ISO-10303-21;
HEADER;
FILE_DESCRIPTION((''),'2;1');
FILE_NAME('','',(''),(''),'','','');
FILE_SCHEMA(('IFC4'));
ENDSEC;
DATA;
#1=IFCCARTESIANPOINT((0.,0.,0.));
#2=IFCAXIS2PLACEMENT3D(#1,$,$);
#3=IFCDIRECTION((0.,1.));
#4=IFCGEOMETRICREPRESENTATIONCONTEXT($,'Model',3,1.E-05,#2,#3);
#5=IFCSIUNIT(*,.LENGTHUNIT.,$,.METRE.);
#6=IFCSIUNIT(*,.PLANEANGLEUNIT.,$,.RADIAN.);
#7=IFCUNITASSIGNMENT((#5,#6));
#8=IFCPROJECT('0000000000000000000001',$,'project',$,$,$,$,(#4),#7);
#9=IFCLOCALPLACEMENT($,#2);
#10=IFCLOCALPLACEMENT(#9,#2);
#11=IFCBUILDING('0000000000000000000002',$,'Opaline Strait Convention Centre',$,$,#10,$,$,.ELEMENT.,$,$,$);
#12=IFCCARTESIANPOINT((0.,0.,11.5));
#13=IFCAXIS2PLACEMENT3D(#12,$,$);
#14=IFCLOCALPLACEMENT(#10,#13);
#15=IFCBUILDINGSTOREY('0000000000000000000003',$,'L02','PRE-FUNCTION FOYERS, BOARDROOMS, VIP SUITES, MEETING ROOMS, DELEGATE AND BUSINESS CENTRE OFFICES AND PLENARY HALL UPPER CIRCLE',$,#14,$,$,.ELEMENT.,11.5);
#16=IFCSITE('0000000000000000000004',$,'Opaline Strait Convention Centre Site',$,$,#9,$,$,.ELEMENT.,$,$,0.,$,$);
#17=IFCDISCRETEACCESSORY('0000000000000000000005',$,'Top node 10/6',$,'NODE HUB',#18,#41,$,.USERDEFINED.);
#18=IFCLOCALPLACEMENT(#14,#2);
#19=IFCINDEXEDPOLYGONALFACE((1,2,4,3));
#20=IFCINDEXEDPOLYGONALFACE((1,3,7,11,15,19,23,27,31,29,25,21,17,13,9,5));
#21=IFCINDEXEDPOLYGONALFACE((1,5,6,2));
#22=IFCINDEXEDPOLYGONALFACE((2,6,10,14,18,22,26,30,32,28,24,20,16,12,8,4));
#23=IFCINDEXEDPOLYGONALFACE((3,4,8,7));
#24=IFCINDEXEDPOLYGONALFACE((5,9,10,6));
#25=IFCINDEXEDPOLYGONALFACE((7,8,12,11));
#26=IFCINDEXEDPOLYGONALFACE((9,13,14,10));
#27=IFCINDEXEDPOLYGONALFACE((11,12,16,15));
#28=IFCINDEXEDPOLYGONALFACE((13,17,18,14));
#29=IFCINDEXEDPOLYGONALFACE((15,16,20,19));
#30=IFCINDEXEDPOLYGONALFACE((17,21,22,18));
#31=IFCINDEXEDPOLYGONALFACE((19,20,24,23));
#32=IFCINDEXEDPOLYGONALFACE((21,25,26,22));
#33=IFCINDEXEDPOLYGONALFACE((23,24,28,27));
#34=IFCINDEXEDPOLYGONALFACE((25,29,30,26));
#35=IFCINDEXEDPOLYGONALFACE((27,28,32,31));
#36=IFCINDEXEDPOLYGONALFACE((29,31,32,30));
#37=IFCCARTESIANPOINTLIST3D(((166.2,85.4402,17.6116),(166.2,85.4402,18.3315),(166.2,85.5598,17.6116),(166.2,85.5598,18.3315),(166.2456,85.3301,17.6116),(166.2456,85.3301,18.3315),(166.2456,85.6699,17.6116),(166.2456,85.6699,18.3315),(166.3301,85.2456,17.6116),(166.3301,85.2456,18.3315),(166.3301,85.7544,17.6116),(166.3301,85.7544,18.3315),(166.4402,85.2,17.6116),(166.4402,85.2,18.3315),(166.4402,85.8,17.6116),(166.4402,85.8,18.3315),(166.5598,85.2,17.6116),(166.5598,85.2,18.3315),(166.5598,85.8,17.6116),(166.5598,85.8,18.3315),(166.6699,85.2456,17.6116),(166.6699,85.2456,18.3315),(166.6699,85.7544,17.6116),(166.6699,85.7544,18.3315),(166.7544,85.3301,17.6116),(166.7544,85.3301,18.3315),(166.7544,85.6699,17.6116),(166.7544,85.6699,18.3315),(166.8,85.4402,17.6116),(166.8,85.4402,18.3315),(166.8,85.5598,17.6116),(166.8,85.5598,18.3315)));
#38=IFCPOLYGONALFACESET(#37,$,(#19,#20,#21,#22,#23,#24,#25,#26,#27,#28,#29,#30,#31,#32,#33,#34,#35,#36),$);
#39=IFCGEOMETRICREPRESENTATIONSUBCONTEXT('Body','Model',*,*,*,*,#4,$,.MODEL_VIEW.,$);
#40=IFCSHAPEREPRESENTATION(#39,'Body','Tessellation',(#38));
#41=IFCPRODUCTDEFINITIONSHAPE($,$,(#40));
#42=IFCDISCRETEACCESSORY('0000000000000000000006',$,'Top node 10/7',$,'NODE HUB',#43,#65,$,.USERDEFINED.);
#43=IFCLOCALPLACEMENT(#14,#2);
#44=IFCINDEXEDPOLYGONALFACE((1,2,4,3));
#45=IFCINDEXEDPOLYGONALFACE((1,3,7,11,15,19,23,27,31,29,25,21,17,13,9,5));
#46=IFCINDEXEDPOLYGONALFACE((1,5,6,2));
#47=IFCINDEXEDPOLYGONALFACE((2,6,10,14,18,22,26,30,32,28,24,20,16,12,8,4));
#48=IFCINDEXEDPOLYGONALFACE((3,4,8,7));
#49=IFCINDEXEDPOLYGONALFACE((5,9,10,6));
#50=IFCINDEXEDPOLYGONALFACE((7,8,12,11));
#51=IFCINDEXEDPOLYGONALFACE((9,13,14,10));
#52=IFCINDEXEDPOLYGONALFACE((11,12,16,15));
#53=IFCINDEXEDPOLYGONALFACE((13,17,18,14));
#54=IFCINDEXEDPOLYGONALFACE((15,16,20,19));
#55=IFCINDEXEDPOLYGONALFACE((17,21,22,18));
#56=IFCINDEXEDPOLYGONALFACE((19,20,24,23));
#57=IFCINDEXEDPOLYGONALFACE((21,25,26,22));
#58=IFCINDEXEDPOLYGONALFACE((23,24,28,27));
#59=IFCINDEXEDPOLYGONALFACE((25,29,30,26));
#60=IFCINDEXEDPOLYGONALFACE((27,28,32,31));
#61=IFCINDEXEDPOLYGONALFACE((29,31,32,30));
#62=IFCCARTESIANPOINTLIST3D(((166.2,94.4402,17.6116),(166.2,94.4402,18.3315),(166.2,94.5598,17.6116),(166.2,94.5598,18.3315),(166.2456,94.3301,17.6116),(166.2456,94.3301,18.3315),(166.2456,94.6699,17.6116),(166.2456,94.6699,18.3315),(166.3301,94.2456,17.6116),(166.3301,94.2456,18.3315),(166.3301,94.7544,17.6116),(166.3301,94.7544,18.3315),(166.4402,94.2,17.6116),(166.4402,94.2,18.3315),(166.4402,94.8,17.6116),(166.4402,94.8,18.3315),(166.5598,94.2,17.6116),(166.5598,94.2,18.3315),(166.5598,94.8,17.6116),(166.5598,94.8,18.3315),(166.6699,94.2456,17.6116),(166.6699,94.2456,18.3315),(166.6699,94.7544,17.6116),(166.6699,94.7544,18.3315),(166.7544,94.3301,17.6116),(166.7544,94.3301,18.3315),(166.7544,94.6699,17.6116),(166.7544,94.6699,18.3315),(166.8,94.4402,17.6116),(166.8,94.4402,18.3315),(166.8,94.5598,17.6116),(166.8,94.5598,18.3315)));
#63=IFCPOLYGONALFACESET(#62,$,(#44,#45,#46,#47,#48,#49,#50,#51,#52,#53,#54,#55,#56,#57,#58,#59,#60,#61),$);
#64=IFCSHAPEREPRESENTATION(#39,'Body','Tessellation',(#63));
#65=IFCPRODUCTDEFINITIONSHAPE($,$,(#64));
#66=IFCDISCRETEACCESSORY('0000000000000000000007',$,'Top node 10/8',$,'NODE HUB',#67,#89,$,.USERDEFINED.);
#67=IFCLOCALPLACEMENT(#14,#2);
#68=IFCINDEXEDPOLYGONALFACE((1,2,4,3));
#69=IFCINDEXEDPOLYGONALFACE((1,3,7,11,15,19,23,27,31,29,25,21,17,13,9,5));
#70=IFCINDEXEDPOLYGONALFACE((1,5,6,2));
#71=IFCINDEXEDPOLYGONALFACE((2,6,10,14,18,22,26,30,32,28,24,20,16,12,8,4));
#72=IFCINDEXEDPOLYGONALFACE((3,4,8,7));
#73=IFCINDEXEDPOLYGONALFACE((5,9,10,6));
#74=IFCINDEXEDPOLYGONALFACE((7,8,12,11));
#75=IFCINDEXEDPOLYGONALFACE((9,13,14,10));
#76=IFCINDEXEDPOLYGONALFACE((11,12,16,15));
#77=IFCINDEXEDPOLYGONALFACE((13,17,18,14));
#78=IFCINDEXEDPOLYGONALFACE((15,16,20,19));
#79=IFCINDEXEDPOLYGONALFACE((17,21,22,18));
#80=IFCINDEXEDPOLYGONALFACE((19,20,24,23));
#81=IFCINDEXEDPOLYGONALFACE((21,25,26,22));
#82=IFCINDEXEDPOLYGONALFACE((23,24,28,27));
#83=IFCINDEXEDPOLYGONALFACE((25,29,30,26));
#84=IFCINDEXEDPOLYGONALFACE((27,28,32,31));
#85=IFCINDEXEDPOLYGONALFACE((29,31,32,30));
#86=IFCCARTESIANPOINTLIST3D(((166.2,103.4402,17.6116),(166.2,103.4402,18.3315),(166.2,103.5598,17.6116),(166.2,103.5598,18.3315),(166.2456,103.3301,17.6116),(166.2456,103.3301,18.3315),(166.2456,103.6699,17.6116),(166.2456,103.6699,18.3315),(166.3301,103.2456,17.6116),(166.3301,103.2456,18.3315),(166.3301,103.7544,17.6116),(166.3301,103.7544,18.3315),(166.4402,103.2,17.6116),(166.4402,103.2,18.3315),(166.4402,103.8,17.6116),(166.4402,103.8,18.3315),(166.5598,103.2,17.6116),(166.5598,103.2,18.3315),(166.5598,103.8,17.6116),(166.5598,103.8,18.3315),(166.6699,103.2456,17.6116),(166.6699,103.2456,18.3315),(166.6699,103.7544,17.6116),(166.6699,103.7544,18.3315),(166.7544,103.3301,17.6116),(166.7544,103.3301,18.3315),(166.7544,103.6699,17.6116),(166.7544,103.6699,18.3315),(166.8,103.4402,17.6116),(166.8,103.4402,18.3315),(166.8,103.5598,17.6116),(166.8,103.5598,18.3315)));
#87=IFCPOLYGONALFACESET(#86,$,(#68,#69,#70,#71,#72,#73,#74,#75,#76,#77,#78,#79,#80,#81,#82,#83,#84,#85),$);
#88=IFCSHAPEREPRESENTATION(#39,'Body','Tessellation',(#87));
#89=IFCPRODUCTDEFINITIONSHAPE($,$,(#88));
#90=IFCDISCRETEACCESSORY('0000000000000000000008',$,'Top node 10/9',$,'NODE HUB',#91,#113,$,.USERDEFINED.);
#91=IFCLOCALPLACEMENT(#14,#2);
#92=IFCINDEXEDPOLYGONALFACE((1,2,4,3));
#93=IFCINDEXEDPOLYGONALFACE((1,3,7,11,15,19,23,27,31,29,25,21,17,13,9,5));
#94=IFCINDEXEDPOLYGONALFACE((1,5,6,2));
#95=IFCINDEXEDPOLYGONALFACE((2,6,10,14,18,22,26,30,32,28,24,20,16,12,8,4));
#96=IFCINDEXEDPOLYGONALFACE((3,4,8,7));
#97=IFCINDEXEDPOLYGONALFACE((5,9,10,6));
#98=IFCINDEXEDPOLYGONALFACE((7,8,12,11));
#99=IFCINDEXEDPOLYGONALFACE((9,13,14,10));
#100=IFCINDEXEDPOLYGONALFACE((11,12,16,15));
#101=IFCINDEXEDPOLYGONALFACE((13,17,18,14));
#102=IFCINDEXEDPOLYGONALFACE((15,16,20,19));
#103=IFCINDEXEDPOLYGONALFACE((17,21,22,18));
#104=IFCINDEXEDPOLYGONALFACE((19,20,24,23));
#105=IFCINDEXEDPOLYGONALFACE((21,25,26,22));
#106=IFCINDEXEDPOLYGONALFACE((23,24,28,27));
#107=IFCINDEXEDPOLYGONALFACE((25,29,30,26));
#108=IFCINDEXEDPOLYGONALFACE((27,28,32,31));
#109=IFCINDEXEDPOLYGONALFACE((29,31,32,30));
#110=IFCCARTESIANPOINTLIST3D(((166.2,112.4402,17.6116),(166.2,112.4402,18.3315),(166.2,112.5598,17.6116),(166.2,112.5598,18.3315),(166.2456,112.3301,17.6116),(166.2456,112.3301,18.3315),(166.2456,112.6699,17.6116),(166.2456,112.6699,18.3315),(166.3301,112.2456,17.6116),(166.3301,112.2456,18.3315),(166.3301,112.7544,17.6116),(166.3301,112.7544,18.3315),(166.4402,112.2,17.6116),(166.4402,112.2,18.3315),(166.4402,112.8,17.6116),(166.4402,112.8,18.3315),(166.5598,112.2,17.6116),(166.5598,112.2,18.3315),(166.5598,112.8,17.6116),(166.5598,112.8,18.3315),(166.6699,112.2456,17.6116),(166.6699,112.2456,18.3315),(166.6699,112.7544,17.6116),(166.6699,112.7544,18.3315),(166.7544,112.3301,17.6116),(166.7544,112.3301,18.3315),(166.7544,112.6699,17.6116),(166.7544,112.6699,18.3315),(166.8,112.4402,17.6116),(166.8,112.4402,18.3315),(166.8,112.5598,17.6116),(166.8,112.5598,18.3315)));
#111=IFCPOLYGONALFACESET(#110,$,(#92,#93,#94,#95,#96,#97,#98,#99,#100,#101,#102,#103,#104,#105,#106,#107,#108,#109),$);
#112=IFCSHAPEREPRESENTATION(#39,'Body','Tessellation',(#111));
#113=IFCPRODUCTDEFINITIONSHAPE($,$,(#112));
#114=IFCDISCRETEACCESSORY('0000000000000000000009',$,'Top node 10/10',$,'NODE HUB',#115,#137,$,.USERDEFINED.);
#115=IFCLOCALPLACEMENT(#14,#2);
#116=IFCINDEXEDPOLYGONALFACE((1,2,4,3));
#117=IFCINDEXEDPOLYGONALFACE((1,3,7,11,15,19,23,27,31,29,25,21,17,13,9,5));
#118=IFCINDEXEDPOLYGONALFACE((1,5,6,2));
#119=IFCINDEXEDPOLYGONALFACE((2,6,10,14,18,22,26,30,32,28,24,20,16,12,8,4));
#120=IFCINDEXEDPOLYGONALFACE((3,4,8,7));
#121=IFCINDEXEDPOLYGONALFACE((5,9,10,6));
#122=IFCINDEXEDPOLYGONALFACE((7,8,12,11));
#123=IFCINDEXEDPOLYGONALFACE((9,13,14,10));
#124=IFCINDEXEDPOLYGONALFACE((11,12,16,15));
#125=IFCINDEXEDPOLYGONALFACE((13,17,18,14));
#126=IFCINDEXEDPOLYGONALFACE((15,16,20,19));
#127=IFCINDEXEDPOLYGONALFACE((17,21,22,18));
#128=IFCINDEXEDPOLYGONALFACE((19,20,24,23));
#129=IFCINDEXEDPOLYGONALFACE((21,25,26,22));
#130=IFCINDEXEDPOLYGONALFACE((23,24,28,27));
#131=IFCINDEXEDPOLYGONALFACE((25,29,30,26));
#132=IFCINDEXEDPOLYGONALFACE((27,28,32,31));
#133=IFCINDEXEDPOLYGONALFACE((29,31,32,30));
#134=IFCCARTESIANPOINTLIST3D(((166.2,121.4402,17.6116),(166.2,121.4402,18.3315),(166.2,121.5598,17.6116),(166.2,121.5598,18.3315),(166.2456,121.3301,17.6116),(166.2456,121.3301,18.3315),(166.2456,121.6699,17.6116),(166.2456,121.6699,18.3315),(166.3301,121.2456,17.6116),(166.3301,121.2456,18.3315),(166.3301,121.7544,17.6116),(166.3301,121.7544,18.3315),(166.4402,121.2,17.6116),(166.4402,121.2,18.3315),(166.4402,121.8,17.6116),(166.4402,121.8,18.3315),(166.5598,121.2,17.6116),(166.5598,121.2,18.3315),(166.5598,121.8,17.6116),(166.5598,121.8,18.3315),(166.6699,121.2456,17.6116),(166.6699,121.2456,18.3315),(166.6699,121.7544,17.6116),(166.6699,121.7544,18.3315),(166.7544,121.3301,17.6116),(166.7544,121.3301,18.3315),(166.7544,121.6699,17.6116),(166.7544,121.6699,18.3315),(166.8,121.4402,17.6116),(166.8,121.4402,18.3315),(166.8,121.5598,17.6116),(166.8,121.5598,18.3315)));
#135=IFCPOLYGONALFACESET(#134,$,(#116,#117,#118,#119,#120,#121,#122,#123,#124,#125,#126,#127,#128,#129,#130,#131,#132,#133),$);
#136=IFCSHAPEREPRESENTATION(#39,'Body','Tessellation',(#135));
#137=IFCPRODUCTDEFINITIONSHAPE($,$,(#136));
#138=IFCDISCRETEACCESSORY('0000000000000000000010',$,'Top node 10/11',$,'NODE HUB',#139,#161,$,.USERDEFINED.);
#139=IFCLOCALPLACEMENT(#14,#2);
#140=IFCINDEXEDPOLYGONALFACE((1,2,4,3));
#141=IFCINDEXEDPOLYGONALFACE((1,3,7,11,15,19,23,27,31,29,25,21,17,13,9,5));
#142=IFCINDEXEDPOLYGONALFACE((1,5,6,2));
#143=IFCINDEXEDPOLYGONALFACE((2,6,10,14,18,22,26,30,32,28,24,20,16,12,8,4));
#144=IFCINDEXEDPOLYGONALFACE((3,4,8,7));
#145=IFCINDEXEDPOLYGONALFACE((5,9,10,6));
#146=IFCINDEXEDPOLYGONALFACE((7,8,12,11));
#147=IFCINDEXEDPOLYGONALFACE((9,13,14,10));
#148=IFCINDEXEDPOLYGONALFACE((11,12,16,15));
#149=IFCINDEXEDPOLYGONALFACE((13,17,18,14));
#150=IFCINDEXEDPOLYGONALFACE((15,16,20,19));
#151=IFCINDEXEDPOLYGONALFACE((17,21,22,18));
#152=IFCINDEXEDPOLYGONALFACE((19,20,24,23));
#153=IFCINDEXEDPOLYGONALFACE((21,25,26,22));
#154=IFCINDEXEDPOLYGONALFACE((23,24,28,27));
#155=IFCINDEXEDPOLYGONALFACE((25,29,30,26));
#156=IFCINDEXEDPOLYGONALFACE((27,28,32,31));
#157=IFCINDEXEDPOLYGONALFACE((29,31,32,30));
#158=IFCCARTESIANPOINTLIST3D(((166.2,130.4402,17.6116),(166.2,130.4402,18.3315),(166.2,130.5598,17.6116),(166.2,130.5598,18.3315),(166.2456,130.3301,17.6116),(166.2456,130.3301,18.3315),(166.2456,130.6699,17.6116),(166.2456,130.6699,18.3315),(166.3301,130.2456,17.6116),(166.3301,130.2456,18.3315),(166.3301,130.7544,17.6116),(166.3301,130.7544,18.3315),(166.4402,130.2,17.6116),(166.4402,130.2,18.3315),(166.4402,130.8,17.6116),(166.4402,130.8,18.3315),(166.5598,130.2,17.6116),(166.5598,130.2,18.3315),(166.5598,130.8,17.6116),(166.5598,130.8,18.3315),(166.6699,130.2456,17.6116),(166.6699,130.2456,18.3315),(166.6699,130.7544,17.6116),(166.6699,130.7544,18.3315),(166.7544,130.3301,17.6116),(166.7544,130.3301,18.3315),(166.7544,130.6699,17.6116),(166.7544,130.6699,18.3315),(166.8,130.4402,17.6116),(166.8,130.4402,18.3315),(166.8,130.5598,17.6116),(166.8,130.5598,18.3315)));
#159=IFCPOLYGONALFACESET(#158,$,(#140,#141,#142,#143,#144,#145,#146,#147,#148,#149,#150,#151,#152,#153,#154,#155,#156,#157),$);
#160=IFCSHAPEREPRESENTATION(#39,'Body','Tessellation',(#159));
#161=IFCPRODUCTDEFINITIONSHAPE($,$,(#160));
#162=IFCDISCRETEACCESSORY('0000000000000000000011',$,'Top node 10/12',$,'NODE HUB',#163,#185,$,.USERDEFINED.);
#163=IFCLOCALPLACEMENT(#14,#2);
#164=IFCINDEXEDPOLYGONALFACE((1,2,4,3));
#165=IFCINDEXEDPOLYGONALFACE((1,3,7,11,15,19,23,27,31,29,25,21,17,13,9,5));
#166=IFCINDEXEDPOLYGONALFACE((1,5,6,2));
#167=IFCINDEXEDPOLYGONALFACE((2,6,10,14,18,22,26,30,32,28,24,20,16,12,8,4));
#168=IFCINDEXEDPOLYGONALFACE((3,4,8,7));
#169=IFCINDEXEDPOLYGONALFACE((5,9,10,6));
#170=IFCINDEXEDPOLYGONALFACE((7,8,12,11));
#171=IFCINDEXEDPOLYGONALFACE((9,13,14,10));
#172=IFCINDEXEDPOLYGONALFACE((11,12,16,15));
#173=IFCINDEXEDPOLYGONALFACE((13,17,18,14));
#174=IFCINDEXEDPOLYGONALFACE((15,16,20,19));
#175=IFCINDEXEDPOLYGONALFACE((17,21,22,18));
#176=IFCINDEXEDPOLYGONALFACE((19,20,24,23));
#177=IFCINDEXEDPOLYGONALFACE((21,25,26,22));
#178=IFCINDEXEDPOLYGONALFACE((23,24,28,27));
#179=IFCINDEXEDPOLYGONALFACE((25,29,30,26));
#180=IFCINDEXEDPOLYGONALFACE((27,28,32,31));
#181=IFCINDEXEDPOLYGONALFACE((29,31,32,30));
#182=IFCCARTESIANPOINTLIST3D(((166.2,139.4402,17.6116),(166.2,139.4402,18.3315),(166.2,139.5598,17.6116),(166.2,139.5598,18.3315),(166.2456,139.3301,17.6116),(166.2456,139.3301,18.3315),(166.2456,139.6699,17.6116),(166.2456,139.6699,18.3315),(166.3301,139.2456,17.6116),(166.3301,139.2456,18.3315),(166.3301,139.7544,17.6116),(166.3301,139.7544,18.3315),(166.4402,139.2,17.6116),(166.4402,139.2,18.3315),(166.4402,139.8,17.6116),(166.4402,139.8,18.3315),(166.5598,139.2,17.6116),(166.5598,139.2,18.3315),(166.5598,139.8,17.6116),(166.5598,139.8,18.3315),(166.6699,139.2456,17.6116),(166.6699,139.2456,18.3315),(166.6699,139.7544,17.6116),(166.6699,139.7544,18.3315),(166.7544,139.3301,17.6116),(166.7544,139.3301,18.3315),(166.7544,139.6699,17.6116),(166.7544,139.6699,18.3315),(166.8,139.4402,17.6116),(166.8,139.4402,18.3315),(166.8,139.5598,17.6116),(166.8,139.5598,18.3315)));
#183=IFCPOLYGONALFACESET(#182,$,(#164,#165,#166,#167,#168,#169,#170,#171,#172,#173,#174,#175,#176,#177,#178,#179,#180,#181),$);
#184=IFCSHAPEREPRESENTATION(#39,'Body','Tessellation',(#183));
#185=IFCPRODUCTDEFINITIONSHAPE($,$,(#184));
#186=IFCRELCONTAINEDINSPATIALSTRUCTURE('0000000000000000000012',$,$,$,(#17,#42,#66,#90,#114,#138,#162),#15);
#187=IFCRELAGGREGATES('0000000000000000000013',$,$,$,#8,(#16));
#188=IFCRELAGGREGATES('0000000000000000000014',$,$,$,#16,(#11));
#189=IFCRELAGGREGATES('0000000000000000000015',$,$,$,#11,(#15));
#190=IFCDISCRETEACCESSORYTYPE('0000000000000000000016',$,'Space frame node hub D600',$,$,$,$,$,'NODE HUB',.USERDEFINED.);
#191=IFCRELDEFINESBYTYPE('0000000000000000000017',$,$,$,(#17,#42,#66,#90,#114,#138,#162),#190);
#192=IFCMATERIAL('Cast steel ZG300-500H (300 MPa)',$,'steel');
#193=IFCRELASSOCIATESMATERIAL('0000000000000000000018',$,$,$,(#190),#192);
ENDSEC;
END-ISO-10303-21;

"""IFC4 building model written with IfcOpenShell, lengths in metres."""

from ifc_helpers import new_model, si_unit, direction, frame, origin, place, context, subcontext, project, spatial, polyline, outline, extrude, material, type_object, element, save


model = new_model("IFC4")

# Units and contexts
model_context = context("Model", 3, precision=1e-05, world=origin(), true_north=direction((0.0, 1.0)))
body_context = subcontext(model_context, "Body", "Model", "MODEL_VIEW")
ifc_project = project(units=[si_unit("LENGTHUNIT", "METRE"), si_unit("PLANEANGLEUNIT", "RADIAN")], contexts=[model_context])

# Site, building, storey
site_placement = place(None, origin())
site = spatial("IfcSite", under=ifc_project, at=site_placement, Name="Opaline Strait Convention Centre Site", CompositionType="ELEMENT", RefElevation=0.0)
building_placement = place(site_placement, origin())
building = spatial("IfcBuilding", under=site, at=building_placement, Name="Opaline Strait Convention Centre", CompositionType="ELEMENT")
storey_placement = place(building_placement, frame((0.0, 0.0, 11.5)))
storey = spatial("IfcBuildingStorey", under=building, at=storey_placement, Name="L02", Description="PRE-FUNCTION FOYERS, BOARDROOMS, VIP SUITES, MEETING ROOMS, DELEGATE AND BUSINESS CENTRE OFFICES AND PLENARY HALL UPPER CIRCLE", CompositionType="ELEMENT", Elevation=11.5)

# Discrete accessories
ifc_material = material(Name="Cast steel ZG300-500H (300 MPa)", Category="steel")
discrete_accessory_type = type_object("IfcDiscreteAccessoryType", Name="Space frame node hub D600", ElementType="NODE HUB", PredefinedType="USERDEFINED", material=ifc_material)
discrete_accessory_1_placement = place(storey_placement, frame((0.0, 0.0, 17.6116)))
element("IfcDiscreteAccessory", 1, at=discrete_accessory_1_placement, inside=storey, type_object=discrete_accessory_type, Name="Top node 10/6", ObjectType="NODE HUB", PredefinedType="USERDEFINED", context=body_context, shape_type="SweptSolid", body=[
    extrude(outline(polyline([(166.8, 85.5598), (166.7544, 85.6699), (166.6699, 85.7544), (166.5598, 85.8), (166.4402, 85.8), (166.3301, 85.7544), (166.2456, 85.6699), (166.2, 85.5598), (166.2, 85.4402), (166.2456, 85.3301), (166.3301, 85.2456), (166.4402, 85.2), (166.5598, 85.2), (166.6699, 85.2456), (166.7544, 85.3301), (166.8, 85.4402), (166.8, 85.5598)])), origin(), (0.0, 0.0, 1.0), 0.72),
])
discrete_accessory_2_placement = place(storey_placement, frame((0.0, 0.0, 17.6116)))
element("IfcDiscreteAccessory", 2, at=discrete_accessory_2_placement, inside=storey, type_object=discrete_accessory_type, Name="Top node 10/7", ObjectType="NODE HUB", PredefinedType="USERDEFINED", context=body_context, shape_type="SweptSolid", body=[
    extrude(outline(polyline([(166.8, 94.5598), (166.7544, 94.6699), (166.6699, 94.7544), (166.5598, 94.8), (166.4402, 94.8), (166.3301, 94.7544), (166.2456, 94.6699), (166.2, 94.5598), (166.2, 94.4402), (166.2456, 94.3301), (166.3301, 94.2456), (166.4402, 94.2), (166.5598, 94.2), (166.6699, 94.2456), (166.7544, 94.3301), (166.8, 94.4402), (166.8, 94.5598)])), origin(), (0.0, 0.0, 1.0), 0.72),
])
discrete_accessory_3_placement = place(storey_placement, frame((0.0, 0.0, 17.6116)))
element("IfcDiscreteAccessory", 3, at=discrete_accessory_3_placement, inside=storey, type_object=discrete_accessory_type, Name="Top node 10/8", ObjectType="NODE HUB", PredefinedType="USERDEFINED", context=body_context, shape_type="SweptSolid", body=[
    extrude(outline(polyline([(166.8, 103.5598), (166.7544, 103.6699), (166.6699, 103.7544), (166.5598, 103.8), (166.4402, 103.8), (166.3301, 103.7544), (166.2456, 103.6699), (166.2, 103.5598), (166.2, 103.4402), (166.2456, 103.3301), (166.3301, 103.2456), (166.4402, 103.2), (166.5598, 103.2), (166.6699, 103.2456), (166.7544, 103.3301), (166.8, 103.4402), (166.8, 103.5598)])), origin(), (0.0, 0.0, 1.0), 0.72),
])
discrete_accessory_4_placement = place(storey_placement, frame((0.0, 0.0, 17.6116)))
element("IfcDiscreteAccessory", 4, at=discrete_accessory_4_placement, inside=storey, type_object=discrete_accessory_type, Name="Top node 10/9", ObjectType="NODE HUB", PredefinedType="USERDEFINED", context=body_context, shape_type="SweptSolid", body=[
    extrude(outline(polyline([(166.8, 112.5598), (166.7544, 112.6699), (166.6699, 112.7544), (166.5598, 112.8), (166.4402, 112.8), (166.3301, 112.7544), (166.2456, 112.6699), (166.2, 112.5598), (166.2, 112.4402), (166.2456, 112.3301), (166.3301, 112.2456), (166.4402, 112.2), (166.5598, 112.2), (166.6699, 112.2456), (166.7544, 112.3301), (166.8, 112.4402), (166.8, 112.5598)])), origin(), (0.0, 0.0, 1.0), 0.72),
])
discrete_accessory_5_placement = place(storey_placement, frame((0.0, 0.0, 17.6116)))
element("IfcDiscreteAccessory", 5, at=discrete_accessory_5_placement, inside=storey, type_object=discrete_accessory_type, Name="Top node 10/10", ObjectType="NODE HUB", PredefinedType="USERDEFINED", context=body_context, shape_type="SweptSolid", body=[
    extrude(outline(polyline([(166.8, 121.5598), (166.7544, 121.6699), (166.6699, 121.7544), (166.5598, 121.8), (166.4402, 121.8), (166.3301, 121.7544), (166.2456, 121.6699), (166.2, 121.5598), (166.2, 121.4402), (166.2456, 121.3301), (166.3301, 121.2456), (166.4402, 121.2), (166.5598, 121.2), (166.6699, 121.2456), (166.7544, 121.3301), (166.8, 121.4402), (166.8, 121.5598)])), origin(), (0.0, 0.0, 1.0), 0.72),
])
discrete_accessory_6_placement = place(storey_placement, frame((0.0, 0.0, 17.6116)))
element("IfcDiscreteAccessory", 6, at=discrete_accessory_6_placement, inside=storey, type_object=discrete_accessory_type, Name="Top node 10/11", ObjectType="NODE HUB", PredefinedType="USERDEFINED", context=body_context, shape_type="SweptSolid", body=[
    extrude(outline(polyline([(166.8, 130.5598), (166.7544, 130.6699), (166.6699, 130.7544), (166.5598, 130.8), (166.4402, 130.8), (166.3301, 130.7544), (166.2456, 130.6699), (166.2, 130.5598), (166.2, 130.4402), (166.2456, 130.3301), (166.3301, 130.2456), (166.4402, 130.2), (166.5598, 130.2), (166.6699, 130.2456), (166.7544, 130.3301), (166.8, 130.4402), (166.8, 130.5598)])), origin(), (0.0, 0.0, 1.0), 0.72),
])
discrete_accessory_7_placement = place(storey_placement, frame((0.0, 0.0, 17.6116)))
element("IfcDiscreteAccessory", 7, at=discrete_accessory_7_placement, inside=storey, type_object=discrete_accessory_type, Name="Top node 10/12", ObjectType="NODE HUB", PredefinedType="USERDEFINED", context=body_context, shape_type="SweptSolid", body=[
    extrude(outline(polyline([(166.8, 139.5598), (166.7544, 139.6699), (166.6699, 139.7544), (166.5598, 139.8), (166.4402, 139.8), (166.3301, 139.7544), (166.2456, 139.6699), (166.2, 139.5598), (166.2, 139.4402), (166.2456, 139.3301), (166.3301, 139.2456), (166.4402, 139.2), (166.5598, 139.2), (166.6699, 139.2456), (166.7544, 139.3301), (166.8, 139.4402), (166.8, 139.5598)])), origin(), (0.0, 0.0, 1.0), 0.72),
])

save(model, "model.ifc")
